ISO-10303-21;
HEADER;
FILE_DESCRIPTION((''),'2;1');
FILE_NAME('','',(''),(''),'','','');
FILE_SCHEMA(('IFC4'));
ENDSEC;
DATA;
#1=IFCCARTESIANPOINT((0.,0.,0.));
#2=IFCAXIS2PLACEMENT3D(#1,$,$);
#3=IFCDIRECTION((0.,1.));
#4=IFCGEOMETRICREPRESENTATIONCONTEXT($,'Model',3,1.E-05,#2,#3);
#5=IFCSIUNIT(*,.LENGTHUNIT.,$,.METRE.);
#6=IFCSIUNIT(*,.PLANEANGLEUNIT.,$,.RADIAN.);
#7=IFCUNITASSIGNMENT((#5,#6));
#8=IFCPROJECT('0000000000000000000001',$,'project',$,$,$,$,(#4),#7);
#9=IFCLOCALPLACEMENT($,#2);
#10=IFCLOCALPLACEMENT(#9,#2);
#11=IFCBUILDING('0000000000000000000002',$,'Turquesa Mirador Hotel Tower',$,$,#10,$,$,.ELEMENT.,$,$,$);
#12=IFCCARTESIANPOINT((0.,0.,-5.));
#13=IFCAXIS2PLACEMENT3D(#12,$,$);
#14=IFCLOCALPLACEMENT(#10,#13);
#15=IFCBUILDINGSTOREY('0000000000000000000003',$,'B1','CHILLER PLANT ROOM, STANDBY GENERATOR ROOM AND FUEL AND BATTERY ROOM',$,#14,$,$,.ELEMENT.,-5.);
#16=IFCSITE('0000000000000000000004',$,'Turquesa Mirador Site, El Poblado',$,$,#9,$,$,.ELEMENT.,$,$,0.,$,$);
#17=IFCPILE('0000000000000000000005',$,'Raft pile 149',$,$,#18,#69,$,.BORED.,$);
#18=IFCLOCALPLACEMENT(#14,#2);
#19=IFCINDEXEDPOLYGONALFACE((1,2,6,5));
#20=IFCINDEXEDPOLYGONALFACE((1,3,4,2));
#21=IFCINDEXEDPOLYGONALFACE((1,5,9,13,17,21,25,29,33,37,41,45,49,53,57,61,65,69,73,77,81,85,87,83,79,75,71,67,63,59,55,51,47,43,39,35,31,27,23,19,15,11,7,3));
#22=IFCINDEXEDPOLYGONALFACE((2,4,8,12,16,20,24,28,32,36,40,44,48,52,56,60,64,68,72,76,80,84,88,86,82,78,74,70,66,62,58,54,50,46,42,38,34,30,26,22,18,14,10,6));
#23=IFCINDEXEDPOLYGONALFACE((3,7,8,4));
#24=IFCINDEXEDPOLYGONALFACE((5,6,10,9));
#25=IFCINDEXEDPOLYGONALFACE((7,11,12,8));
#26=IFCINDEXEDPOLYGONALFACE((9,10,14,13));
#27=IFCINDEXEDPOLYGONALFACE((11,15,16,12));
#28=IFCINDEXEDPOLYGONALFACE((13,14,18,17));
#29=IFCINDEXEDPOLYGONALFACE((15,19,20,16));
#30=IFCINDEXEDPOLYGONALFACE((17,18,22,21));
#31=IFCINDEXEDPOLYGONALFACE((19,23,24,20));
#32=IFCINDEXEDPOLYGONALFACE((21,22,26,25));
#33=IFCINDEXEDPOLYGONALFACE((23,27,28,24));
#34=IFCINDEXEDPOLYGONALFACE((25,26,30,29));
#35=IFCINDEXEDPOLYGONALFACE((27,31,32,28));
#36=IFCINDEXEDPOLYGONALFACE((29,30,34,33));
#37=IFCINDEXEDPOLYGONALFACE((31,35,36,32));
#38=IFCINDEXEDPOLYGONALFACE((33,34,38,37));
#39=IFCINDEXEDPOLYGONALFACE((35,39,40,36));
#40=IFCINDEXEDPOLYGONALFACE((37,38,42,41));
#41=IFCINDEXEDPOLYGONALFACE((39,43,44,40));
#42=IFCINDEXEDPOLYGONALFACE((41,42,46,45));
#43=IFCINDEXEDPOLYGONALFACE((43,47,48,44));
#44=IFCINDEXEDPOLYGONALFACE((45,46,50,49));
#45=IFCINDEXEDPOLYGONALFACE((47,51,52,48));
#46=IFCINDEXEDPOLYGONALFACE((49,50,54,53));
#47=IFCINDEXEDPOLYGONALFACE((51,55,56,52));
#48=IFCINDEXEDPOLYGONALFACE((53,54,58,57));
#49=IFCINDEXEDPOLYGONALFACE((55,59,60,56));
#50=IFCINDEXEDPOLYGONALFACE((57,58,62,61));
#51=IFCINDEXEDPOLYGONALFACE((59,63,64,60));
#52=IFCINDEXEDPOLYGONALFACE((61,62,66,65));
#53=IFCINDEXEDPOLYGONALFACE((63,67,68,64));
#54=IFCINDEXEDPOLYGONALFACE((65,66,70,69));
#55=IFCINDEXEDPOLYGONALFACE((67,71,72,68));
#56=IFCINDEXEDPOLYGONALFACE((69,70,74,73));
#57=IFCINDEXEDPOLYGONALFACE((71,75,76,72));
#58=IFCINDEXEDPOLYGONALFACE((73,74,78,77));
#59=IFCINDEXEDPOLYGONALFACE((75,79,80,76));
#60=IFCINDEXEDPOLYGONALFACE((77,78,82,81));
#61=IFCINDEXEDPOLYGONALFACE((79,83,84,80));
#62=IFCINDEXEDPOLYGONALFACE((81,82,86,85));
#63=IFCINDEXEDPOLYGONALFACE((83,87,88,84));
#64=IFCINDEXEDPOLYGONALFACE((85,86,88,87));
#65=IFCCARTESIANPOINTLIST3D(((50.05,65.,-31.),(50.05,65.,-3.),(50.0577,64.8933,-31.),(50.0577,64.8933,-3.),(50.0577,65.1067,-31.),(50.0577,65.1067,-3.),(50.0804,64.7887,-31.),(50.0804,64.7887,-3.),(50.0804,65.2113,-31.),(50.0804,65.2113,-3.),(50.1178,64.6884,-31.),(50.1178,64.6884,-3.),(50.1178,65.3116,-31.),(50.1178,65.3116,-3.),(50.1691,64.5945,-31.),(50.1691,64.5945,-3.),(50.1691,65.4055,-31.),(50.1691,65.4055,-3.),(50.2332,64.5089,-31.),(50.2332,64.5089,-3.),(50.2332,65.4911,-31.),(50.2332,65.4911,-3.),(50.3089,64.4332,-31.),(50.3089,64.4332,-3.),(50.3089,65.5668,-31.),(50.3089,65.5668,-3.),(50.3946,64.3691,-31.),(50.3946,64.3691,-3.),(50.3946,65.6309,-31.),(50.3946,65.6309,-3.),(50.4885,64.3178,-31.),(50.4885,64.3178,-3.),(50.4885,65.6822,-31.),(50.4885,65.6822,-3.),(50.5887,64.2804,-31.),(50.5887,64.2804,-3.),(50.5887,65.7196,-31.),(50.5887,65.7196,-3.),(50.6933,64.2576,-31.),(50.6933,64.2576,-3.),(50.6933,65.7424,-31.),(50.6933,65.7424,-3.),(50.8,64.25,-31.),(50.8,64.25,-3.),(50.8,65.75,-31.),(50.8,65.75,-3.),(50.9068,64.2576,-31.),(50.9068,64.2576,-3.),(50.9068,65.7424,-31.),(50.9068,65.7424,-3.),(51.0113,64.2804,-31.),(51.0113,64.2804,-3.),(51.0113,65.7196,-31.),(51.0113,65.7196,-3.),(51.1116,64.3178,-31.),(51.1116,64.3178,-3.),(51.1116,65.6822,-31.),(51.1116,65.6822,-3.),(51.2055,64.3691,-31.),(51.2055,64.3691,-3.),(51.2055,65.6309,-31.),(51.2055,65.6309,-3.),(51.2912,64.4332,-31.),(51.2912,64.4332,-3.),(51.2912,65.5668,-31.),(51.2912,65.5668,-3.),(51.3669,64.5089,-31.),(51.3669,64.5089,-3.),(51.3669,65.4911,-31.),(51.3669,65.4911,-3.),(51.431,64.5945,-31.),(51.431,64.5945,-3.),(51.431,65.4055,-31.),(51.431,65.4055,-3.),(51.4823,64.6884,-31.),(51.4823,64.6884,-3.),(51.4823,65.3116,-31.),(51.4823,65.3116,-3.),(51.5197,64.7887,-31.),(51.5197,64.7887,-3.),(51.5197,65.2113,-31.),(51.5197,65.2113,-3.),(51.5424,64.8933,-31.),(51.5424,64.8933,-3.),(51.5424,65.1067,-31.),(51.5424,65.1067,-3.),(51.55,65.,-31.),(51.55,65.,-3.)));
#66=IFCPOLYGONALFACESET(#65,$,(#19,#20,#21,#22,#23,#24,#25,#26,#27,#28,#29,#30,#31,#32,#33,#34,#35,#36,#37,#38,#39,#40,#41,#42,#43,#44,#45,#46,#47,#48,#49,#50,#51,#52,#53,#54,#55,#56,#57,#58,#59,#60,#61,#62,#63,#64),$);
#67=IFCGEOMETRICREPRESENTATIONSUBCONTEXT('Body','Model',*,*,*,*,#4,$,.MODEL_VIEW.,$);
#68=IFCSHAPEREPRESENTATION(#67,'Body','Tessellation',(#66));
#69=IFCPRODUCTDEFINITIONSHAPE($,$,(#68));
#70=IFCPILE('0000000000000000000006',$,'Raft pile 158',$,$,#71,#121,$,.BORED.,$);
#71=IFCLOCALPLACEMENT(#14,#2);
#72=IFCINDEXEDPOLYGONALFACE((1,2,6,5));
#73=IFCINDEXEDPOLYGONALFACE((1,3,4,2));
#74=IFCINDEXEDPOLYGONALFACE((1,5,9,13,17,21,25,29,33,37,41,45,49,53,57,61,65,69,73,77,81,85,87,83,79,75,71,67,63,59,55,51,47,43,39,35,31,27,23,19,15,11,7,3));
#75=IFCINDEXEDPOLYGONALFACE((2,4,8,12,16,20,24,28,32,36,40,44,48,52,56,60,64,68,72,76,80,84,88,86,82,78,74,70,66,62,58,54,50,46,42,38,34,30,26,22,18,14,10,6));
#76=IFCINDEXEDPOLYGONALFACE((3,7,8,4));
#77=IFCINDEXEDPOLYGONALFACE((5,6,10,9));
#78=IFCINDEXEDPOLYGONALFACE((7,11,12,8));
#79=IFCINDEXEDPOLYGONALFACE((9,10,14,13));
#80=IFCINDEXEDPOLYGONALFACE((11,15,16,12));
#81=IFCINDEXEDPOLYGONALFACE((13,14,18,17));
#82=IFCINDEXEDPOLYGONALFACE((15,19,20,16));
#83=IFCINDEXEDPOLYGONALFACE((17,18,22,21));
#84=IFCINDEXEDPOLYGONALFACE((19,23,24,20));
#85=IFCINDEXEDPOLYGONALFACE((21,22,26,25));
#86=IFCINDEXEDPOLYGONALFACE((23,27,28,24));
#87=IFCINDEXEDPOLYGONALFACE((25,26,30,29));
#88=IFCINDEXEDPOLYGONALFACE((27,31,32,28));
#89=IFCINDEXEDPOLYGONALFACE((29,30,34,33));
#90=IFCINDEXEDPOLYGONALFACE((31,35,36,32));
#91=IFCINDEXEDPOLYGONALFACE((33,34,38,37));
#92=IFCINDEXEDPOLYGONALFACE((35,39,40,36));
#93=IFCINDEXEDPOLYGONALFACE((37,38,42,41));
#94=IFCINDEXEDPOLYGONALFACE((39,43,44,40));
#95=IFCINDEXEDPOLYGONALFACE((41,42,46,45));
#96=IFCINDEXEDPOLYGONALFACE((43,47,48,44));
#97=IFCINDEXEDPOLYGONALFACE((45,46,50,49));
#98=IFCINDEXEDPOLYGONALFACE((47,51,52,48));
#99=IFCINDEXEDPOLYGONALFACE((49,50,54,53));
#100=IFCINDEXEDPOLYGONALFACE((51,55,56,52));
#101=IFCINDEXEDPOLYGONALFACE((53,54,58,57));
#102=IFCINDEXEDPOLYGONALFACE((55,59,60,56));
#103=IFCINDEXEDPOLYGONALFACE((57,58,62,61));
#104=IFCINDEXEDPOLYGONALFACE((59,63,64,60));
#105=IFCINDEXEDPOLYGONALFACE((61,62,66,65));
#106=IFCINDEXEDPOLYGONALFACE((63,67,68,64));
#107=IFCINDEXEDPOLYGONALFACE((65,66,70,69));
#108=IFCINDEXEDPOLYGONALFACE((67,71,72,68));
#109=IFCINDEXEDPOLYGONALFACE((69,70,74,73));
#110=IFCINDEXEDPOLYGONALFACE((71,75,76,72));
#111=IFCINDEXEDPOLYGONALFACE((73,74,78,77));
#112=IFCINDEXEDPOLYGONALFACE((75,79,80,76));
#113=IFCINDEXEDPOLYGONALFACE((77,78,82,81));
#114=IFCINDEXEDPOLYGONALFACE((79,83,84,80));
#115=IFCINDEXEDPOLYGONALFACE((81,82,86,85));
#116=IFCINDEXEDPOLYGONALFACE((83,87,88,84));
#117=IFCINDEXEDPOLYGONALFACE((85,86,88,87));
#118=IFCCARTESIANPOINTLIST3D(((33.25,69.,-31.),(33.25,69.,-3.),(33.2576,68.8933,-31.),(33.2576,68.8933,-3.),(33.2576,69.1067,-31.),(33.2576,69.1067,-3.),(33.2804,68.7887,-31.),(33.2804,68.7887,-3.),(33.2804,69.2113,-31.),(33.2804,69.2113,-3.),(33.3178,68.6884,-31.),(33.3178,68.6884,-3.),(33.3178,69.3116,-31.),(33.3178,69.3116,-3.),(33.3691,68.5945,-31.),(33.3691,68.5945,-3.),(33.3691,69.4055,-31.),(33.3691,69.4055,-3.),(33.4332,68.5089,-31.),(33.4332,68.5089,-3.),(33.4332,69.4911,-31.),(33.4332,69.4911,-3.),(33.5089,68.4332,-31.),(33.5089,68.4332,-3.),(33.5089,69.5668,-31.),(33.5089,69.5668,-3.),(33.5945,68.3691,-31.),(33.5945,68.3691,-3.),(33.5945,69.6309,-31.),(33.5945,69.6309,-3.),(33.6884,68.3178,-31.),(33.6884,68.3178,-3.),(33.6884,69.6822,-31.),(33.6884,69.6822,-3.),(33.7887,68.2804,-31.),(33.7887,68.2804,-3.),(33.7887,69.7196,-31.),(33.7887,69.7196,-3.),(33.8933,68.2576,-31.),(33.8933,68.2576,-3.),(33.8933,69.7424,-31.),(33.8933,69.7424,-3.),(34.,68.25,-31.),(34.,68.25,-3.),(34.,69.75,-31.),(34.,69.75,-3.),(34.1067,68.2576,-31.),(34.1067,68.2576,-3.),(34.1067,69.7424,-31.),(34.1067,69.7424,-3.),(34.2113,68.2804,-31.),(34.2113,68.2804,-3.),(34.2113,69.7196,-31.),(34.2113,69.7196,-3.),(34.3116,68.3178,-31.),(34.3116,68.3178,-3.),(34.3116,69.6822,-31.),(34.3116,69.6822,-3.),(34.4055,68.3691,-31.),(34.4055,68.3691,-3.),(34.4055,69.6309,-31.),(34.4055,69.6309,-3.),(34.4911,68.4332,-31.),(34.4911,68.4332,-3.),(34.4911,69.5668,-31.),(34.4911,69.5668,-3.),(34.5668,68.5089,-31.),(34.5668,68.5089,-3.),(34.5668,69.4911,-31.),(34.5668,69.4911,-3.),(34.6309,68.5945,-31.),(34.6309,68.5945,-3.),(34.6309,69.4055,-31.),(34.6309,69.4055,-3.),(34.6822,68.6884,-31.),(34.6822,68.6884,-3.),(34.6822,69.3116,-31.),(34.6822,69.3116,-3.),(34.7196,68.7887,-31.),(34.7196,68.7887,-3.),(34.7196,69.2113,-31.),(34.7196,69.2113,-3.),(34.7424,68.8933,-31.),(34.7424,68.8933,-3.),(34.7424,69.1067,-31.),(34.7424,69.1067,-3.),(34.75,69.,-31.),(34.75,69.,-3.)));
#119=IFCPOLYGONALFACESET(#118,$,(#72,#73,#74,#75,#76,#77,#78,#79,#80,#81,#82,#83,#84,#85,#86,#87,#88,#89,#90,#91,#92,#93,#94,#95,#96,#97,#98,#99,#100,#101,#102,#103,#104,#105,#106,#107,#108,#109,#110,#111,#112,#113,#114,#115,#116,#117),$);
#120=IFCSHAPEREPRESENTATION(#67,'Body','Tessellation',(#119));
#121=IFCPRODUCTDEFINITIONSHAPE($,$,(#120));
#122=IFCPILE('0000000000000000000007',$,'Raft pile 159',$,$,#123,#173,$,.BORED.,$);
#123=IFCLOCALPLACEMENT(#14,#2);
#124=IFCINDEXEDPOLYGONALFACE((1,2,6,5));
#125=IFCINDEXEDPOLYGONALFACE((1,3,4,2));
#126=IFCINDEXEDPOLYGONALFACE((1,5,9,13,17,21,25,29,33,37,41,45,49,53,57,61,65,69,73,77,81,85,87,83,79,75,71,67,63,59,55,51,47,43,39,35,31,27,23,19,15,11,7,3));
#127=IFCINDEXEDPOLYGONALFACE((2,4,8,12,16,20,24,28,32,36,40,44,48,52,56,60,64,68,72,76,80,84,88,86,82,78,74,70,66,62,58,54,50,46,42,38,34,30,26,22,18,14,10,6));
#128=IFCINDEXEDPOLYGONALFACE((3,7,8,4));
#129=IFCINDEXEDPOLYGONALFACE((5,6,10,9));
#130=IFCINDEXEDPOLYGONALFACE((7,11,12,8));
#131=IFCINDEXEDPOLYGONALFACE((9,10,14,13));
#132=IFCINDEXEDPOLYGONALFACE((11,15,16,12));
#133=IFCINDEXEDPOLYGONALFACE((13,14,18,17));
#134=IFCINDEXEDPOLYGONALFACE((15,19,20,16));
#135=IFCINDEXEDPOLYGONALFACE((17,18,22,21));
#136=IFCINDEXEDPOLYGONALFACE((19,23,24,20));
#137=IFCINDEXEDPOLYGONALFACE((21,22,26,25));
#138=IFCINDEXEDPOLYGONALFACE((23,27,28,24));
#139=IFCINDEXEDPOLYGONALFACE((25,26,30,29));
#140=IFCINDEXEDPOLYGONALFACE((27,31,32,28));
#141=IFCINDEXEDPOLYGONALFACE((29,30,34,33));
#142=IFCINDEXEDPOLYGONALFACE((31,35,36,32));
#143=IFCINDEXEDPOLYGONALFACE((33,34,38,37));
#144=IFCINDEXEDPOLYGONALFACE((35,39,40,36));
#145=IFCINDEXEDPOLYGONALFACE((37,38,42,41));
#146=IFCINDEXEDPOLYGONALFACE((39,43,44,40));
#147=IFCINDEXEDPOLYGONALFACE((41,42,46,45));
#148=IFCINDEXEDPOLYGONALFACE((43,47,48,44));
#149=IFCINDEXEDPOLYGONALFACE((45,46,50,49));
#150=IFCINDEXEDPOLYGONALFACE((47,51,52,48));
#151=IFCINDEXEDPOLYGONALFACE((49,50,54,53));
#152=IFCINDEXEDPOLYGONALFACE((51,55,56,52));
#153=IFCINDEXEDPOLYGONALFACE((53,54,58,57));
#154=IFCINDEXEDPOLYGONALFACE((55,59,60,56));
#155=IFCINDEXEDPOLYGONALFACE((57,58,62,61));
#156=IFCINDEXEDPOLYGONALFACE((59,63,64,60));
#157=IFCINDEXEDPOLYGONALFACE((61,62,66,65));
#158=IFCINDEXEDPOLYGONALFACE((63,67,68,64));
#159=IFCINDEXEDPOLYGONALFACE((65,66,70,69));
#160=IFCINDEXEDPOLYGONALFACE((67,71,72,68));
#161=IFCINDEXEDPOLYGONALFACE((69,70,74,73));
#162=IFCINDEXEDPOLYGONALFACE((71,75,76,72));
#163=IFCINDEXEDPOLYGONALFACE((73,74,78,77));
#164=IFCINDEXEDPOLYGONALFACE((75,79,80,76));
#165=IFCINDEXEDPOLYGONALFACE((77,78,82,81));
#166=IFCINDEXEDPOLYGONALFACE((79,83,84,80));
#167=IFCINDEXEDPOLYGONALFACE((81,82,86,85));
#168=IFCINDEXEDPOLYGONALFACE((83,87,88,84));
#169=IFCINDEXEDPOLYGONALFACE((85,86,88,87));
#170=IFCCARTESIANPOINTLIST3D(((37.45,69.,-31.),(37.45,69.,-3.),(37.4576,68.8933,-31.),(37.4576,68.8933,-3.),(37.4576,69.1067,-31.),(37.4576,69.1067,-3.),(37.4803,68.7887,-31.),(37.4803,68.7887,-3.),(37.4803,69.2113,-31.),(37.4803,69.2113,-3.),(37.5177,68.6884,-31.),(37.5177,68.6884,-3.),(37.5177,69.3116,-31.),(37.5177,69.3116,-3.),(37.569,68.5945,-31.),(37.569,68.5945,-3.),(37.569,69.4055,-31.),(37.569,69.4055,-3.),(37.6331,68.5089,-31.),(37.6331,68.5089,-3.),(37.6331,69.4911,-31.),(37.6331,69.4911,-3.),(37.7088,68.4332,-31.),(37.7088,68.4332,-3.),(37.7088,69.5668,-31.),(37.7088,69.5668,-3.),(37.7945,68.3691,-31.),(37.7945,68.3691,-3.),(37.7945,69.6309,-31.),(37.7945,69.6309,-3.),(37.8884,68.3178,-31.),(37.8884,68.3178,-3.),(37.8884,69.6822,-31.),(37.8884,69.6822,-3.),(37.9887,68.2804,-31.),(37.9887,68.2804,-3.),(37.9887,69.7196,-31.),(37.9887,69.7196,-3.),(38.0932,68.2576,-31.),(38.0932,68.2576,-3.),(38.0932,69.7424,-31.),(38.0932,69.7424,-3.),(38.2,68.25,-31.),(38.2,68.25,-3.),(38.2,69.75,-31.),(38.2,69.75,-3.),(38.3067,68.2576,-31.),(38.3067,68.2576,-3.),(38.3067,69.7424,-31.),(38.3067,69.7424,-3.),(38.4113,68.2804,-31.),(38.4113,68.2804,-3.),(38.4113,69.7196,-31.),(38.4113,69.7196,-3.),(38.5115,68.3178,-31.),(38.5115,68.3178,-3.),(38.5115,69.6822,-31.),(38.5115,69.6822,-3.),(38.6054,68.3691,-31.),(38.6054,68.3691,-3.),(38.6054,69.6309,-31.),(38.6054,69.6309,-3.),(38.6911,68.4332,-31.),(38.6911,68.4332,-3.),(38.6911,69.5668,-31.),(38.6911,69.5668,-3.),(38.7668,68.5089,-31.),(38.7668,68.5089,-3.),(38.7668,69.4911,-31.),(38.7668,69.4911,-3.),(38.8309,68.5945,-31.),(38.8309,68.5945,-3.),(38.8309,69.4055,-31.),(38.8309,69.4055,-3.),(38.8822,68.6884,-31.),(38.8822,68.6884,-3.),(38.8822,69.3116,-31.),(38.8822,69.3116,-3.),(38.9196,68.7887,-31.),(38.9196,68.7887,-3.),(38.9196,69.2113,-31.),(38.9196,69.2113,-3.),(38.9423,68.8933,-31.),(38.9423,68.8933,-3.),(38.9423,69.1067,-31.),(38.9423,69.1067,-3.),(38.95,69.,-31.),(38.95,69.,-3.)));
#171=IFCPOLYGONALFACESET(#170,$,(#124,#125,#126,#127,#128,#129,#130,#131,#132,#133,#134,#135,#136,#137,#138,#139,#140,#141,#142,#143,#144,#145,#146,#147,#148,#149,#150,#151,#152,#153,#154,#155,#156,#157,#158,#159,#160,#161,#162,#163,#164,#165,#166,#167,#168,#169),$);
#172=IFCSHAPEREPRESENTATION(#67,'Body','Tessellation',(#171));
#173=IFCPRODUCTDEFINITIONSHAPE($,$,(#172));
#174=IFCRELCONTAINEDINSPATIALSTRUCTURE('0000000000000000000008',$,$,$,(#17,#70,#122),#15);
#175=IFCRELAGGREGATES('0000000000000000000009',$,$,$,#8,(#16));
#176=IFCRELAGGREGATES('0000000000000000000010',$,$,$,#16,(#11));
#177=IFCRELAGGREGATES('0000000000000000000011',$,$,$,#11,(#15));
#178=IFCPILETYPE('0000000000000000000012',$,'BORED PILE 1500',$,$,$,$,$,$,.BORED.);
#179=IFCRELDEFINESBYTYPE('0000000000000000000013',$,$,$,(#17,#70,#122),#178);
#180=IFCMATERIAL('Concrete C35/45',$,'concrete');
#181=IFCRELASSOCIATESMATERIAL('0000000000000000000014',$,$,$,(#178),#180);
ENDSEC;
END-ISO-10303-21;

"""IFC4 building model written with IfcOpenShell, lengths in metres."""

from ifc_helpers import new_model, si_unit, direction, frame, origin, origin_2d, place, context, subcontext, project, spatial, circle, extrude, material, type_object, element, save


model = new_model("IFC4")

# Units and contexts
model_context = context("Model", 3, precision=1e-05, world=origin(), true_north=direction((0.0, 1.0)))
body_context = subcontext(model_context, "Body", "Model", "MODEL_VIEW")
ifc_project = project(units=[si_unit("LENGTHUNIT", "METRE"), si_unit("PLANEANGLEUNIT", "RADIAN")], contexts=[model_context])

# Site, building, storey
site_placement = place(None, origin())
site = spatial("IfcSite", under=ifc_project, at=site_placement, Name="Turquesa Mirador Site, El Poblado", CompositionType="ELEMENT", RefElevation=0.0)
building_placement = place(site_placement, origin())
building = spatial("IfcBuilding", under=site, at=building_placement, Name="Turquesa Mirador Hotel Tower", CompositionType="ELEMENT")
storey_placement = place(building_placement, frame((0.0, 0.0, -5.0)))
storey = spatial("IfcBuildingStorey", under=building, at=storey_placement, Name="B1", Description="CHILLER PLANT ROOM, STANDBY GENERATOR ROOM AND FUEL AND BATTERY ROOM", CompositionType="ELEMENT", Elevation=-5.0)

# Piles
ifc_material_1 = material(Name="Concrete C35/45", Category="concrete")
pile_type = type_object("IfcPileType", Name="BORED PILE 1500", PredefinedType="BORED", material=ifc_material_1)
for number, where, z_axis, x_axis, name in (
    (1, (50.8, 65.0, -3.0), (0.0, 0.0, -1.0), (1.0, 0.0, 0.0), "Raft pile 149"),
    (2, (34.0, 69.0, -3.0), (0.0, 0.0, -1.0), (1.0, 0.0, 0.0), "Raft pile 158"),
    (3, (38.2, 69.0, -3.0), (0.0, 0.0, -1.0), (1.0, 0.0, 0.0), "Raft pile 159"),
):
    element("IfcPile", number, at=place(storey_placement, frame(where, z_axis=z_axis, x_axis=x_axis)), inside=storey, type_object=pile_type, Name=name, PredefinedType="BORED", context=body_context, shape_type="SweptSolid", body=[
        extrude(circle(Radius=0.75, at=origin_2d()), origin(), (0.0, 0.0, 1.0), 28.0),
    ])

save(model, "model.ifc")
